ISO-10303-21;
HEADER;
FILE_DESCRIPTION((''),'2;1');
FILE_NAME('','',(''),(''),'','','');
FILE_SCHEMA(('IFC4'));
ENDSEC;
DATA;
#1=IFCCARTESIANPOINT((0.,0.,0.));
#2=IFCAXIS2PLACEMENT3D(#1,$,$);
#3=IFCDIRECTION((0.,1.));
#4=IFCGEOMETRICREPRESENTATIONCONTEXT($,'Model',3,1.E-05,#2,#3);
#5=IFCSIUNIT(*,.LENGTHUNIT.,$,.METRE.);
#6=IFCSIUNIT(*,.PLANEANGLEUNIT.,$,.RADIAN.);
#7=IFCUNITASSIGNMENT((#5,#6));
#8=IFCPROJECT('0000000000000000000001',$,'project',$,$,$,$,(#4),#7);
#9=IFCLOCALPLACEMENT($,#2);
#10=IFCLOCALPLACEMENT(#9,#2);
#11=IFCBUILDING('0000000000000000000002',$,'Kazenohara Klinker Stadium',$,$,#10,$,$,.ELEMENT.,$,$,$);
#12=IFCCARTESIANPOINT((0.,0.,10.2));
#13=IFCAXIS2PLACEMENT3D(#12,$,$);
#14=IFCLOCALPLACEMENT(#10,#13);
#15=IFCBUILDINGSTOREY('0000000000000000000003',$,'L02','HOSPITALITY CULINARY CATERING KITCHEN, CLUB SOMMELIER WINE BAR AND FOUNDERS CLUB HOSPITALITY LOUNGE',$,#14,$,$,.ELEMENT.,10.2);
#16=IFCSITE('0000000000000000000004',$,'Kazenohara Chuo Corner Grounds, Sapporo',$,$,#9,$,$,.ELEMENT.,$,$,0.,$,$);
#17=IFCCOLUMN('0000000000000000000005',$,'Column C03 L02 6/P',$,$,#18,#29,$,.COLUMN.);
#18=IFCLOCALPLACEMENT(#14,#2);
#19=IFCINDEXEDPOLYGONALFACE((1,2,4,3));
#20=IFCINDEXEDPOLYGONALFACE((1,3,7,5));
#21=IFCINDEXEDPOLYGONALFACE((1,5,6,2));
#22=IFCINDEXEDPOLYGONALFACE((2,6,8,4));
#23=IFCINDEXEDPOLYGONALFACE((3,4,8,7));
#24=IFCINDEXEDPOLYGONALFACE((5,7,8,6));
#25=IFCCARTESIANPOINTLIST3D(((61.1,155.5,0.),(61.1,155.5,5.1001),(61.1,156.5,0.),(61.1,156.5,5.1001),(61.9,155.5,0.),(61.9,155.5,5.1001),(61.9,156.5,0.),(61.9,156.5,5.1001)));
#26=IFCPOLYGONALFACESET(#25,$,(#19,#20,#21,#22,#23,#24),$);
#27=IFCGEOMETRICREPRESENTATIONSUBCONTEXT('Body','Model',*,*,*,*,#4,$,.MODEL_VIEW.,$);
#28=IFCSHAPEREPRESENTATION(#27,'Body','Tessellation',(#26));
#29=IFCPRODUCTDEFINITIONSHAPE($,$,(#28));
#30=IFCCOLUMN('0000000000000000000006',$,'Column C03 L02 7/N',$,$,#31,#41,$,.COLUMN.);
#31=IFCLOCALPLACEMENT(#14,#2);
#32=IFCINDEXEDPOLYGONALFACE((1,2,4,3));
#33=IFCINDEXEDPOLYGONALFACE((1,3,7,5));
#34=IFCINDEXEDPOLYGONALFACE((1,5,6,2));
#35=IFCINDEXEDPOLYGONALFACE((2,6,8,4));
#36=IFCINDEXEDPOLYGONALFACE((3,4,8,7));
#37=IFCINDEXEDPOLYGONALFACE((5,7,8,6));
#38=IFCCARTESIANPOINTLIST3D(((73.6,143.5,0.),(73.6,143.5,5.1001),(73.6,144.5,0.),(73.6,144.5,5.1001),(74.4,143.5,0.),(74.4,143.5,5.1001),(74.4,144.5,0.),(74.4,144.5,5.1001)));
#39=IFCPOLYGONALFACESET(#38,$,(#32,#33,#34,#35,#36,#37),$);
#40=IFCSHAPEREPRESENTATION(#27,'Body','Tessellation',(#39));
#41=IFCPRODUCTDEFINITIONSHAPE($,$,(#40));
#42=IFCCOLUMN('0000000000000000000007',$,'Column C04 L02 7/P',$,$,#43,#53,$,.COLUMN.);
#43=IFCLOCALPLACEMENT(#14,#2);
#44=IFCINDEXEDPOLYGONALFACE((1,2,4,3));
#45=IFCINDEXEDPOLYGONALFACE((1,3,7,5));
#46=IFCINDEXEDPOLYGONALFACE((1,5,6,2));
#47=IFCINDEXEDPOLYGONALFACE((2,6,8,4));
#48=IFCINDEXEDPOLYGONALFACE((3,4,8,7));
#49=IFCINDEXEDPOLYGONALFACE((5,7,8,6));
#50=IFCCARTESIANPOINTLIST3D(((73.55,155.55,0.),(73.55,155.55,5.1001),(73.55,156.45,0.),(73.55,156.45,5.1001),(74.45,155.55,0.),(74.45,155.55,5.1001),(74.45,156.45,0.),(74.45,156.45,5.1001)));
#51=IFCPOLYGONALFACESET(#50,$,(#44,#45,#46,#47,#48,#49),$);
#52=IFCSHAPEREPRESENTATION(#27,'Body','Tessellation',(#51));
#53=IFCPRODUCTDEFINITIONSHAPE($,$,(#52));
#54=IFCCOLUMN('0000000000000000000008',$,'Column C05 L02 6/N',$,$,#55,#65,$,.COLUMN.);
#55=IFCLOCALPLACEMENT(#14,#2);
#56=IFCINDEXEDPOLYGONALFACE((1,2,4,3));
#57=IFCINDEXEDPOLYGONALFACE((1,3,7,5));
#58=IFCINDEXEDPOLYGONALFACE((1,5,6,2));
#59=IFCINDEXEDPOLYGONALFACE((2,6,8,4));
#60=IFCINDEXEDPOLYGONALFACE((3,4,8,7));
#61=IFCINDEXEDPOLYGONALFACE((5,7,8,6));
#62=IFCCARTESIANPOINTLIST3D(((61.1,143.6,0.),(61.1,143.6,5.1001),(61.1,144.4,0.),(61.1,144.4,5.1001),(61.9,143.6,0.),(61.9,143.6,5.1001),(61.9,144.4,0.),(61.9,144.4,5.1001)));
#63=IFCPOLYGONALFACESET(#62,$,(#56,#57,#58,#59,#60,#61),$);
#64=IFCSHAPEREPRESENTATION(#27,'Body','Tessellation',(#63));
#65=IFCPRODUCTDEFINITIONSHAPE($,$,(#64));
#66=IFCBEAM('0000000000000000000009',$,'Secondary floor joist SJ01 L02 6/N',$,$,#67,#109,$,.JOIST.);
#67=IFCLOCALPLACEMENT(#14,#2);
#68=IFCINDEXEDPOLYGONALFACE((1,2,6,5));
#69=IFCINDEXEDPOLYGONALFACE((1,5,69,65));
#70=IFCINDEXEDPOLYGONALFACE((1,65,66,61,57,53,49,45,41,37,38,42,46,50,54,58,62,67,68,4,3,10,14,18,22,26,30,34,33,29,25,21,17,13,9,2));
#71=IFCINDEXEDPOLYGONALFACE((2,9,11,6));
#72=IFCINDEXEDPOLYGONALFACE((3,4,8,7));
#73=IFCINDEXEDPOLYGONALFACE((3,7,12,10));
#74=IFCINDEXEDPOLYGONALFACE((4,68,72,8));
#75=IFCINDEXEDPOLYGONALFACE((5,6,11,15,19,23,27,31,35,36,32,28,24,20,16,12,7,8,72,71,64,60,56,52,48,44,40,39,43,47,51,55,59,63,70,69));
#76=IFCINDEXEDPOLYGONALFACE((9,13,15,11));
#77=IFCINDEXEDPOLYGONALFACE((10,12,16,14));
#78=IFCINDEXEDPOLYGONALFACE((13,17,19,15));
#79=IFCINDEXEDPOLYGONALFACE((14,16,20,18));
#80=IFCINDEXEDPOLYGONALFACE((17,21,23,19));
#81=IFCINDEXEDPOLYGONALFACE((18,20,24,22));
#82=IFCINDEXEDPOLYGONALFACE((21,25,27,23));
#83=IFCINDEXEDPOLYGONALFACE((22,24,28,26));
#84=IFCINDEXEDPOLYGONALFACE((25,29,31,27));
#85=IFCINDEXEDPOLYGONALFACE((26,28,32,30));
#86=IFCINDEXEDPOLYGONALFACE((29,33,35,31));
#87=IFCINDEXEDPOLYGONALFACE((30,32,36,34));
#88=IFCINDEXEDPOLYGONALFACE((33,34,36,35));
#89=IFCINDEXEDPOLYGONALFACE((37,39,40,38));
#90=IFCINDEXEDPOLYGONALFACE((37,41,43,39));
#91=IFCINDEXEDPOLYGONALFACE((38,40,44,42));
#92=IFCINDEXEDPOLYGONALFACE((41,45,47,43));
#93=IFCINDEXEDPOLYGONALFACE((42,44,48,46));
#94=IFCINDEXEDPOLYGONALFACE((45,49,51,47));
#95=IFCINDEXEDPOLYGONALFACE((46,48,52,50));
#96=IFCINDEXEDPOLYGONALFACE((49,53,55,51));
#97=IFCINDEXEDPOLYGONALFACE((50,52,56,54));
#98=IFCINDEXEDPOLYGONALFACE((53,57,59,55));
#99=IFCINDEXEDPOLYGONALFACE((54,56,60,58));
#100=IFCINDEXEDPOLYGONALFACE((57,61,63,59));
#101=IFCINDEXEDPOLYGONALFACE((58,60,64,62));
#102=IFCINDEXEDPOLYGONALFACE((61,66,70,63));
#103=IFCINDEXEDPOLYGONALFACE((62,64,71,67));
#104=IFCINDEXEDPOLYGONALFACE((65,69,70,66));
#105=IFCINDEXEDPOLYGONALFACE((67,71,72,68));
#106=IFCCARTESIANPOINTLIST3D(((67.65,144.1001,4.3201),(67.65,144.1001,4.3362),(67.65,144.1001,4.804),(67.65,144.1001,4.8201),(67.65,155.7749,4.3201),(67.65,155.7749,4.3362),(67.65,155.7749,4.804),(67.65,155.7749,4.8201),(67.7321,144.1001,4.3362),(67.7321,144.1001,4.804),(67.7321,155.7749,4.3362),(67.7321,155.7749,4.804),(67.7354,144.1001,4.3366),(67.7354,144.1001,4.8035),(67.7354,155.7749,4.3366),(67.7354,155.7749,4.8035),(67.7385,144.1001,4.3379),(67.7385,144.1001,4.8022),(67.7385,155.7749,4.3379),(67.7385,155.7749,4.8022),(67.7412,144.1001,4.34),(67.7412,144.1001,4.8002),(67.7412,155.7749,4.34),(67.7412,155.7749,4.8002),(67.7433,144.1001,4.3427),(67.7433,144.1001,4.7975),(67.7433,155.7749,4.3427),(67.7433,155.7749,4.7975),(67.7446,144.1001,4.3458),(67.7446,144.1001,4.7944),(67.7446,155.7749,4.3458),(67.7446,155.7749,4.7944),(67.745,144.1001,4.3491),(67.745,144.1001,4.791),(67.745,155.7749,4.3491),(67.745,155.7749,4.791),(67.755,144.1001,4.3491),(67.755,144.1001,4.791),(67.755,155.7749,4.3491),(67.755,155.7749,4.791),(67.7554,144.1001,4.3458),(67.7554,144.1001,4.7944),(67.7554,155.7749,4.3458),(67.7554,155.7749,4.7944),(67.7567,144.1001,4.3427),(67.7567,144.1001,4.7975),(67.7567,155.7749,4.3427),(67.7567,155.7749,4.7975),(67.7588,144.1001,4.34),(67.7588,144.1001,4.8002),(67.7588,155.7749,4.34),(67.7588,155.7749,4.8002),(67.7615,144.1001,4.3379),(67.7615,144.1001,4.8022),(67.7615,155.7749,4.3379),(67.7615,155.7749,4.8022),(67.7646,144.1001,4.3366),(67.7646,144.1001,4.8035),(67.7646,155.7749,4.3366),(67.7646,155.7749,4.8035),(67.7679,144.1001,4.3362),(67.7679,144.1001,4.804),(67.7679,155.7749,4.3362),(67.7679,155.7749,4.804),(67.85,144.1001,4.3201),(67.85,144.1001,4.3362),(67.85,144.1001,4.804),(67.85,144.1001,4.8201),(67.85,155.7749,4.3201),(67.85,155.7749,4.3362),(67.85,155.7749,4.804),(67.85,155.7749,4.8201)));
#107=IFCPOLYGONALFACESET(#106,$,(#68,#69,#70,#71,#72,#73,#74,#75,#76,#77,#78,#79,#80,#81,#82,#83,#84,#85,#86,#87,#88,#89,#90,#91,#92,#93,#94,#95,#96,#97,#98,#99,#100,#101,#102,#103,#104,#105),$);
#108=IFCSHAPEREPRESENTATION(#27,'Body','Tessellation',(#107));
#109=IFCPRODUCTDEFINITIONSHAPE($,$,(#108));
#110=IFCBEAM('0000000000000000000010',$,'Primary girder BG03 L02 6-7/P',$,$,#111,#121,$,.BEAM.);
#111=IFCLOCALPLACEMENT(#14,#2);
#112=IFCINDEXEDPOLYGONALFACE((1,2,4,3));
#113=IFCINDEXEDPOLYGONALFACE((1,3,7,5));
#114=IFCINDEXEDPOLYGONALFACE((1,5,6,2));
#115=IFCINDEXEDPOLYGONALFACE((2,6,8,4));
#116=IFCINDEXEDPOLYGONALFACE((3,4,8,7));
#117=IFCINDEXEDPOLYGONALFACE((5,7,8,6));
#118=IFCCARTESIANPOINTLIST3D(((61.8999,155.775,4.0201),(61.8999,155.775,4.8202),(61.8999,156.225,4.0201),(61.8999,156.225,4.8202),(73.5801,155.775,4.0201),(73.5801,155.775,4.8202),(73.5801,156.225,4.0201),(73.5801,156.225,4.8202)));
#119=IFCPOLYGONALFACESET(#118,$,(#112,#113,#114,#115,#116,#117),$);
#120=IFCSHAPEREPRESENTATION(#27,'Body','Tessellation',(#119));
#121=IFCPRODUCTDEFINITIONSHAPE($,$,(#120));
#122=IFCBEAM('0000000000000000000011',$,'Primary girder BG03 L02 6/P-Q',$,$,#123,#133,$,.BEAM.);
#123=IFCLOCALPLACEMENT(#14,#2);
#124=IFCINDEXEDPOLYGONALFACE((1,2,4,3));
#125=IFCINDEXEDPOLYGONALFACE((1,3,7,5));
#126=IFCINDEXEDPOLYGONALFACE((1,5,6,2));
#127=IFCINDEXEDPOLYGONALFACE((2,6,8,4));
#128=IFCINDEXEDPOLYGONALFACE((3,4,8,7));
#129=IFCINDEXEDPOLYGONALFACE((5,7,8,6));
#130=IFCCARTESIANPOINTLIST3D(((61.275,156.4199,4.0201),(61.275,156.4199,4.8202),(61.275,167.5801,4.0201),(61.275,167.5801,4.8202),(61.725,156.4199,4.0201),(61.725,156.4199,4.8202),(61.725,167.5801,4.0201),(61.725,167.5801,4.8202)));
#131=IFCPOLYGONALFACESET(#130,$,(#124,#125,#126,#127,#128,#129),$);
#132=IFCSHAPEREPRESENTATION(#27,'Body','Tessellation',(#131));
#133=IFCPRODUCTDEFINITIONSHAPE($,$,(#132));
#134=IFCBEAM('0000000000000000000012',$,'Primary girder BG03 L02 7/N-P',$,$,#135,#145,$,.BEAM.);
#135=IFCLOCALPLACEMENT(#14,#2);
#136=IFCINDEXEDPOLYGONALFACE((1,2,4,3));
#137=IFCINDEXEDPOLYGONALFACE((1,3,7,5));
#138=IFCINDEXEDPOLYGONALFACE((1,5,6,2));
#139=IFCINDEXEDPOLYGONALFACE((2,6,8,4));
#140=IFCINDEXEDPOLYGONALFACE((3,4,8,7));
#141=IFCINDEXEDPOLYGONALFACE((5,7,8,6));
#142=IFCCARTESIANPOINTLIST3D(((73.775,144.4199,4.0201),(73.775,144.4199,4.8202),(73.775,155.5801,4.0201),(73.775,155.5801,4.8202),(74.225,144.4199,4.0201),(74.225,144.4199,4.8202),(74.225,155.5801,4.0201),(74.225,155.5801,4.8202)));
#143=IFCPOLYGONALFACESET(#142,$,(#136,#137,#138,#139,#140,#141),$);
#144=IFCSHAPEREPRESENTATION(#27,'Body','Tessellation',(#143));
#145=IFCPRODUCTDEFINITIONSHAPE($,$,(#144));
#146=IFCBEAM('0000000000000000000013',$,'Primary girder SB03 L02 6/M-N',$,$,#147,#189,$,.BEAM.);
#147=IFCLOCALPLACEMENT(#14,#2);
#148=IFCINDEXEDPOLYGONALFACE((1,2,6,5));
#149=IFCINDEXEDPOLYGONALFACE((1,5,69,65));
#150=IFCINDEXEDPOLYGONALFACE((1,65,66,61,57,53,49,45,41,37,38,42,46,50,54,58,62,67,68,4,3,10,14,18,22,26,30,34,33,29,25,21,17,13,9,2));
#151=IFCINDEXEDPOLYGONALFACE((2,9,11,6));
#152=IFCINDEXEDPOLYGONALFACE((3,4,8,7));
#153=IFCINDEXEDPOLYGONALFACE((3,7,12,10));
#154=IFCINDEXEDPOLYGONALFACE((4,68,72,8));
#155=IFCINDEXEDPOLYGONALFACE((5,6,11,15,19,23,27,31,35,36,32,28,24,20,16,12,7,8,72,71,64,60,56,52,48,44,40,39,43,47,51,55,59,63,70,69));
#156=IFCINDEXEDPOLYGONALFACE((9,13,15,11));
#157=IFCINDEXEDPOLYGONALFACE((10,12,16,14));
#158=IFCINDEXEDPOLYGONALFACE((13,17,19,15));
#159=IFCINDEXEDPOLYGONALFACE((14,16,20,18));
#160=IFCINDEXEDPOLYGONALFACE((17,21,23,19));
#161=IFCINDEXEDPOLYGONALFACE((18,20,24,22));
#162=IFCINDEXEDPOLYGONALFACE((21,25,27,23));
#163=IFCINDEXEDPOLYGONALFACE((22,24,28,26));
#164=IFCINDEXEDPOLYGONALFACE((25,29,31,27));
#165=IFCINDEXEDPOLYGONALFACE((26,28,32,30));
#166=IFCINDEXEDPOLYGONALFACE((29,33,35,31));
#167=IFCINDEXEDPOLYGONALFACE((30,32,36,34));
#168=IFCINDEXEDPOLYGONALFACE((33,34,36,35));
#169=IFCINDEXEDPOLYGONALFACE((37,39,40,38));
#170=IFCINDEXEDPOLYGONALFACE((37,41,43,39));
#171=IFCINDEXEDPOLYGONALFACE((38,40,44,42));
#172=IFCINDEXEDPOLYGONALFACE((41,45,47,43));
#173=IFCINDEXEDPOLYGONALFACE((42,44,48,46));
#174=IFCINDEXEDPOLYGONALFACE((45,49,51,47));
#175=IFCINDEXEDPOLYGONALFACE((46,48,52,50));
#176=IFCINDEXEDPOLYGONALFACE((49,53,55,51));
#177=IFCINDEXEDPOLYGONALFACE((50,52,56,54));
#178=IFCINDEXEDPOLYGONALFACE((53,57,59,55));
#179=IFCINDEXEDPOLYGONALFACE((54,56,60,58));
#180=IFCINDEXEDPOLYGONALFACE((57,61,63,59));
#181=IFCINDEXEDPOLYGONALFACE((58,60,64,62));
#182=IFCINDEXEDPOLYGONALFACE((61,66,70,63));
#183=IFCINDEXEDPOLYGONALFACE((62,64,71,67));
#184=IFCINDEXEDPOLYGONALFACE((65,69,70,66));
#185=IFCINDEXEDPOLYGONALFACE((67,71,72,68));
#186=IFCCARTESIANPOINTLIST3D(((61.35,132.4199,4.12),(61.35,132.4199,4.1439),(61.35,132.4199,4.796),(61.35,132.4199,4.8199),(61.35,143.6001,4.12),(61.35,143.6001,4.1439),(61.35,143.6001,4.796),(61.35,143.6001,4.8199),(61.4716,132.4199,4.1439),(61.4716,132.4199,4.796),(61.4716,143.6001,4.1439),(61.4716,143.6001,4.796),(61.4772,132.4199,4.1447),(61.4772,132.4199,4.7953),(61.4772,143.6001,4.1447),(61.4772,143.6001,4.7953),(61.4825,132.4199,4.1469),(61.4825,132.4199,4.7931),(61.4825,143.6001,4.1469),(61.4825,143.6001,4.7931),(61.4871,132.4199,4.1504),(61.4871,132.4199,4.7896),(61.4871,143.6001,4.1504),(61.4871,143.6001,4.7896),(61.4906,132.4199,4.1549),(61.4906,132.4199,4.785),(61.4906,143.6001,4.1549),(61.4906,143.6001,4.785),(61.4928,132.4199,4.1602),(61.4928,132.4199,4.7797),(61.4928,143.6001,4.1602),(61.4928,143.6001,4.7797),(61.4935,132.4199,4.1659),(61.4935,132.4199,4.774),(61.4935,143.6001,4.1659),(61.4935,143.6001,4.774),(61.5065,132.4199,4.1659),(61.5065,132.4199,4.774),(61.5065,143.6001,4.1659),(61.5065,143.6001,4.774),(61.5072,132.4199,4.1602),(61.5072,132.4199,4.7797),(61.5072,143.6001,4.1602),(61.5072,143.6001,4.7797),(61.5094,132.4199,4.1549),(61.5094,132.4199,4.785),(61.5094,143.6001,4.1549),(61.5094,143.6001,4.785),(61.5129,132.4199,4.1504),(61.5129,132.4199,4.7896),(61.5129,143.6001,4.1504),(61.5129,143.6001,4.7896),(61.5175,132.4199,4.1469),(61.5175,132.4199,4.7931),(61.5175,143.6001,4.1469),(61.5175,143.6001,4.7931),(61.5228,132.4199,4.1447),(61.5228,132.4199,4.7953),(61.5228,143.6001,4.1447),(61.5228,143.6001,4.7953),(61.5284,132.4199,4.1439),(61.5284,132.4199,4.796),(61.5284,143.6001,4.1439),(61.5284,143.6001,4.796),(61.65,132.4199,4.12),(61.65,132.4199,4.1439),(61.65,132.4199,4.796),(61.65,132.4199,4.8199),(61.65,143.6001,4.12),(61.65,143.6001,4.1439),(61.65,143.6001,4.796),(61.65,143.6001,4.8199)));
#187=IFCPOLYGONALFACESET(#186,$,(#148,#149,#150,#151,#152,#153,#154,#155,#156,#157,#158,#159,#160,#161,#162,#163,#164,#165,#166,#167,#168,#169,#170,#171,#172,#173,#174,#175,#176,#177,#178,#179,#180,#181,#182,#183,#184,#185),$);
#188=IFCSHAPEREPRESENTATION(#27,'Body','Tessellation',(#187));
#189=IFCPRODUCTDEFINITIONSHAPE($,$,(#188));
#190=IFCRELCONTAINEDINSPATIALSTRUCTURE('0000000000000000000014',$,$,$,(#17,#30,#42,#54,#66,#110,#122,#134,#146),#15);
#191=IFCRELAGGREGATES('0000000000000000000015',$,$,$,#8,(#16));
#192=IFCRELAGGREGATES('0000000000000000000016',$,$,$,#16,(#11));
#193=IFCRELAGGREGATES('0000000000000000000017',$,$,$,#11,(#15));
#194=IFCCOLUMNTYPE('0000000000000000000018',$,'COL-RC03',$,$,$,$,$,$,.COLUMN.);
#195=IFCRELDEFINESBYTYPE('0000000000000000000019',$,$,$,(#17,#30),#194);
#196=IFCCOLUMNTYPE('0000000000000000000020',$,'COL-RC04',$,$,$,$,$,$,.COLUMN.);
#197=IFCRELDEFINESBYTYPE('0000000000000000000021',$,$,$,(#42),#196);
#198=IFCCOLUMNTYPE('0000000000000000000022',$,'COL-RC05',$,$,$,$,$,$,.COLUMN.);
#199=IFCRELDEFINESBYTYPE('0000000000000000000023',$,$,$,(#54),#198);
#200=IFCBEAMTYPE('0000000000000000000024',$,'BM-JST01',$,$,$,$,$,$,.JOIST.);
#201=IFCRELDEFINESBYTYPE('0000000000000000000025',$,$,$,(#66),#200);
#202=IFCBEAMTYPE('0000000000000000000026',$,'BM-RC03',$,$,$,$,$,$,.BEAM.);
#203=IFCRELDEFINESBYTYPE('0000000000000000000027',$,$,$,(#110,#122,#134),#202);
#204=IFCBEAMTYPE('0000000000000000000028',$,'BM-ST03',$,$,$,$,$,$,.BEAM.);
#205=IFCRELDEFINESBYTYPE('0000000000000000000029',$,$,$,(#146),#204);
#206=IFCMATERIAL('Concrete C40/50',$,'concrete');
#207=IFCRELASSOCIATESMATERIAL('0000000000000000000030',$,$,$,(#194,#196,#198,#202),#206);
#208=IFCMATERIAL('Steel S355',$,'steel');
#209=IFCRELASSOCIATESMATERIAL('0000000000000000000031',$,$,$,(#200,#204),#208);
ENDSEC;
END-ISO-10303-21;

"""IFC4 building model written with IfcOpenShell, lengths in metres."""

from ifc_helpers import new_model, si_unit, direction, frame, origin, origin_2d, place, context, subcontext, project, spatial, rectangle, i_section, extrude, material, material_profile, profile_set, type_object, element, save


model = new_model("IFC4")

# Units and contexts
model_context = context("Model", 3, precision=1e-05, world=origin(), true_north=direction((0.0, 1.0)))
body_context = subcontext(model_context, "Body", "Model", "MODEL_VIEW")
ifc_project = project(units=[si_unit("LENGTHUNIT", "METRE"), si_unit("PLANEANGLEUNIT", "RADIAN")], contexts=[model_context])

# Site, building, storey
site_placement = place(None, origin())
site = spatial("IfcSite", under=ifc_project, at=site_placement, Name="Kazenohara Chuo Corner Grounds, Sapporo", CompositionType="ELEMENT", RefElevation=0.0)
building_placement = place(site_placement, origin())
building = spatial("IfcBuilding", under=site, at=building_placement, Name="Kazenohara Klinker Stadium", CompositionType="ELEMENT")
storey_placement = place(building_placement, frame((0.0, 0.0, 10.2)))
storey = spatial("IfcBuildingStorey", under=building, at=storey_placement, Name="L02", Description="HOSPITALITY CULINARY CATERING KITCHEN, CLUB SOMMELIER WINE BAR AND FOUNDERS CLUB HOSPITALITY LOUNGE", CompositionType="ELEMENT", Elevation=10.2)

# Columns
ifc_material_1 = material(Name="Concrete C40/50", Category="concrete")
ifc_material_profile_1 = material_profile(ifc_material_1, rectangle(XDim=0.8, YDim=1.0, at=origin_2d()), Name="RC-COL-1000x800")
ifc_profile_set_1 = profile_set([ifc_material_profile_1], Name="Concrete C40/50")
column_type_1 = type_object("IfcColumnType", Name="COL-RC03", PredefinedType="COLUMN", material=ifc_profile_set_1)
for number, where, z_axis, x_axis, name in (
    (1, (61.5, 156.0, 0.0), (0.0, 0.0, 1.0), (1.0, 0.0, 0.0), "Column C03 L02 6/P"),
    (2, (74.0, 144.0, 0.0), (0.0, 0.0, 1.0), (1.0, 0.0, 0.0), "Column C03 L02 7/N"),
):
    element("IfcColumn", number, at=place(storey_placement, frame(where, z_axis=z_axis, x_axis=x_axis)), inside=storey, type_object=column_type_1, Name=name, PredefinedType="COLUMN", context=body_context, shape_type="SweptSolid", body=[
        extrude(rectangle(XDim=0.8, YDim=1.0, at=origin_2d()), origin(), (0.0, 0.0, 1.0), 5.1001),
    ])
ifc_material_profile_2 = material_profile(ifc_material_1, rectangle(XDim=0.8999, YDim=0.8999, at=origin_2d()), Name="RC-COL-900x900")
ifc_profile_set_2 = profile_set([ifc_material_profile_2], Name="Concrete C40/50")
column_type_2 = type_object("IfcColumnType", Name="COL-RC04", PredefinedType="COLUMN", material=ifc_profile_set_2)
column_1_placement = place(storey_placement, frame((74.0, 156.0, 0.0), z_axis=(0.0, 0.0, 1.0), x_axis=(1.0, 0.0, 0.0)))
element("IfcColumn", 3, at=column_1_placement, inside=storey, type_object=column_type_2, Name="Column C04 L02 7/P", PredefinedType="COLUMN", context=body_context, shape_type="SweptSolid", body=[
    extrude(rectangle(XDim=0.8999, YDim=0.8999, at=origin_2d()), origin(), (0.0, 0.0, 1.0), 5.1001),
])
ifc_material_profile_3 = material_profile(ifc_material_1, rectangle(XDim=0.8, YDim=0.8, at=origin_2d()), Name="RC-COL-800x800")
ifc_profile_set_3 = profile_set([ifc_material_profile_3], Name="Concrete C40/50")
column_type_3 = type_object("IfcColumnType", Name="COL-RC05", PredefinedType="COLUMN", material=ifc_profile_set_3)
column_2_placement = place(storey_placement, frame((61.5, 144.0, 0.0), z_axis=(0.0, 0.0, 1.0), x_axis=(1.0, 0.0, 0.0)))
element("IfcColumn", 4, at=column_2_placement, inside=storey, type_object=column_type_3, Name="Column C05 L02 6/N", PredefinedType="COLUMN", context=body_context, shape_type="SweptSolid", body=[
    extrude(rectangle(XDim=0.8, YDim=0.8, at=origin_2d()), origin(), (0.0, 0.0, 1.0), 5.1001),
])

# Beams
ifc_material_2 = material(Name="Steel S355", Category="steel")
ifc_material_profile_4 = material_profile(ifc_material_2, i_section(OverallWidth=0.2, OverallDepth=0.5, WebThickness=0.01, FlangeThickness=0.0161, FilletRadius=0.0129, at=origin_2d()), Name="H-500x200x10x16")
ifc_profile_set_4 = profile_set([ifc_material_profile_4], Name="Steel S355")
beam_type_1 = type_object("IfcBeamType", Name="BM-JST01", PredefinedType="JOIST", material=ifc_profile_set_4)
beam_1_placement = place(storey_placement, frame((67.75, 144.1001, 4.5701), z_axis=(0.0, 1.0, 0.0), x_axis=(-1.0, 0.0, 0.0)))
element("IfcBeam", 5, at=beam_1_placement, inside=storey, type_object=beam_type_1, Name="Secondary floor joist SJ01 L02 6/N", PredefinedType="JOIST", context=body_context, shape_type="SweptSolid", body=[
    extrude(i_section(OverallWidth=0.2, OverallDepth=0.5, WebThickness=0.01, FlangeThickness=0.0161, FilletRadius=0.0129, at=origin_2d()), origin(), (0.0, 0.0, 1.0), 11.6748),
])
ifc_material_profile_5 = material_profile(ifc_material_1, rectangle(XDim=0.45, YDim=0.8, at=origin_2d()), Name="RC-BM-450x800")
ifc_profile_set_5 = profile_set([ifc_material_profile_5], Name="Concrete C40/50")
beam_type_2 = type_object("IfcBeamType", Name="BM-RC03", PredefinedType="BEAM", material=ifc_profile_set_5)
beam_2_placement = place(storey_placement, frame((61.8999, 156.0, 4.4202), z_axis=(1.0, 0.0, 0.0), x_axis=(0.0, 1.0, 0.0)))
element("IfcBeam", 6, at=beam_2_placement, inside=storey, type_object=beam_type_2, Name="Primary girder BG03 L02 6-7/P", PredefinedType="BEAM", context=body_context, shape_type="SweptSolid", body=[
    extrude(rectangle(XDim=0.45, YDim=0.8, at=origin_2d()), origin(), (0.0, 0.0, 1.0), 11.6802),
])
for number, where, z_axis, x_axis, name in (
    (7, (61.5, 156.4199, 4.4202), (0.0, 1.0, 0.0), (-1.0, 0.0, 0.0), "Primary girder BG03 L02 6/P-Q"),
    (8, (74.0, 144.4199, 4.4202), (0.0, 1.0, 0.0), (-1.0, 0.0, 0.0), "Primary girder BG03 L02 7/N-P"),
):
    element("IfcBeam", number, at=place(storey_placement, frame(where, z_axis=z_axis, x_axis=x_axis)), inside=storey, type_object=beam_type_2, Name=name, PredefinedType="BEAM", context=body_context, shape_type="SweptSolid", body=[
        extrude(rectangle(XDim=0.45, YDim=0.8, at=origin_2d()), origin(), (0.0, 0.0, 1.0), 11.1602),
    ])
ifc_material_profile_6 = material_profile(ifc_material_2, i_section(OverallWidth=0.3, OverallDepth=0.7, WebThickness=0.0129, FlangeThickness=0.0239, FilletRadius=0.022, at=origin_2d()), Name="H-700x300x13x24")
ifc_profile_set_6 = profile_set([ifc_material_profile_6], Name="Steel S355")
beam_type_3 = type_object("IfcBeamType", Name="BM-ST03", PredefinedType="BEAM", material=ifc_profile_set_6)
for number, where, z_axis, x_axis, name in (
    (9, (61.5, 132.4199, 4.47), (0.0, 1.0, 0.0), (-1.0, 0.0, 0.0), "Primary girder SB03 L02 6/M-N"),
):
    element("IfcBeam", number, at=place(storey_placement, frame(where, z_axis=z_axis, x_axis=x_axis)), inside=storey, type_object=beam_type_3, Name=name, PredefinedType="BEAM", context=body_context, shape_type="SweptSolid", body=[
        extrude(i_section(OverallWidth=0.3, OverallDepth=0.7, WebThickness=0.0129, FlangeThickness=0.0239, FilletRadius=0.022, at=origin_2d()), origin(), (0.0, 0.0, 1.0), 11.1802),
    ])

save(model, "model.ifc")
